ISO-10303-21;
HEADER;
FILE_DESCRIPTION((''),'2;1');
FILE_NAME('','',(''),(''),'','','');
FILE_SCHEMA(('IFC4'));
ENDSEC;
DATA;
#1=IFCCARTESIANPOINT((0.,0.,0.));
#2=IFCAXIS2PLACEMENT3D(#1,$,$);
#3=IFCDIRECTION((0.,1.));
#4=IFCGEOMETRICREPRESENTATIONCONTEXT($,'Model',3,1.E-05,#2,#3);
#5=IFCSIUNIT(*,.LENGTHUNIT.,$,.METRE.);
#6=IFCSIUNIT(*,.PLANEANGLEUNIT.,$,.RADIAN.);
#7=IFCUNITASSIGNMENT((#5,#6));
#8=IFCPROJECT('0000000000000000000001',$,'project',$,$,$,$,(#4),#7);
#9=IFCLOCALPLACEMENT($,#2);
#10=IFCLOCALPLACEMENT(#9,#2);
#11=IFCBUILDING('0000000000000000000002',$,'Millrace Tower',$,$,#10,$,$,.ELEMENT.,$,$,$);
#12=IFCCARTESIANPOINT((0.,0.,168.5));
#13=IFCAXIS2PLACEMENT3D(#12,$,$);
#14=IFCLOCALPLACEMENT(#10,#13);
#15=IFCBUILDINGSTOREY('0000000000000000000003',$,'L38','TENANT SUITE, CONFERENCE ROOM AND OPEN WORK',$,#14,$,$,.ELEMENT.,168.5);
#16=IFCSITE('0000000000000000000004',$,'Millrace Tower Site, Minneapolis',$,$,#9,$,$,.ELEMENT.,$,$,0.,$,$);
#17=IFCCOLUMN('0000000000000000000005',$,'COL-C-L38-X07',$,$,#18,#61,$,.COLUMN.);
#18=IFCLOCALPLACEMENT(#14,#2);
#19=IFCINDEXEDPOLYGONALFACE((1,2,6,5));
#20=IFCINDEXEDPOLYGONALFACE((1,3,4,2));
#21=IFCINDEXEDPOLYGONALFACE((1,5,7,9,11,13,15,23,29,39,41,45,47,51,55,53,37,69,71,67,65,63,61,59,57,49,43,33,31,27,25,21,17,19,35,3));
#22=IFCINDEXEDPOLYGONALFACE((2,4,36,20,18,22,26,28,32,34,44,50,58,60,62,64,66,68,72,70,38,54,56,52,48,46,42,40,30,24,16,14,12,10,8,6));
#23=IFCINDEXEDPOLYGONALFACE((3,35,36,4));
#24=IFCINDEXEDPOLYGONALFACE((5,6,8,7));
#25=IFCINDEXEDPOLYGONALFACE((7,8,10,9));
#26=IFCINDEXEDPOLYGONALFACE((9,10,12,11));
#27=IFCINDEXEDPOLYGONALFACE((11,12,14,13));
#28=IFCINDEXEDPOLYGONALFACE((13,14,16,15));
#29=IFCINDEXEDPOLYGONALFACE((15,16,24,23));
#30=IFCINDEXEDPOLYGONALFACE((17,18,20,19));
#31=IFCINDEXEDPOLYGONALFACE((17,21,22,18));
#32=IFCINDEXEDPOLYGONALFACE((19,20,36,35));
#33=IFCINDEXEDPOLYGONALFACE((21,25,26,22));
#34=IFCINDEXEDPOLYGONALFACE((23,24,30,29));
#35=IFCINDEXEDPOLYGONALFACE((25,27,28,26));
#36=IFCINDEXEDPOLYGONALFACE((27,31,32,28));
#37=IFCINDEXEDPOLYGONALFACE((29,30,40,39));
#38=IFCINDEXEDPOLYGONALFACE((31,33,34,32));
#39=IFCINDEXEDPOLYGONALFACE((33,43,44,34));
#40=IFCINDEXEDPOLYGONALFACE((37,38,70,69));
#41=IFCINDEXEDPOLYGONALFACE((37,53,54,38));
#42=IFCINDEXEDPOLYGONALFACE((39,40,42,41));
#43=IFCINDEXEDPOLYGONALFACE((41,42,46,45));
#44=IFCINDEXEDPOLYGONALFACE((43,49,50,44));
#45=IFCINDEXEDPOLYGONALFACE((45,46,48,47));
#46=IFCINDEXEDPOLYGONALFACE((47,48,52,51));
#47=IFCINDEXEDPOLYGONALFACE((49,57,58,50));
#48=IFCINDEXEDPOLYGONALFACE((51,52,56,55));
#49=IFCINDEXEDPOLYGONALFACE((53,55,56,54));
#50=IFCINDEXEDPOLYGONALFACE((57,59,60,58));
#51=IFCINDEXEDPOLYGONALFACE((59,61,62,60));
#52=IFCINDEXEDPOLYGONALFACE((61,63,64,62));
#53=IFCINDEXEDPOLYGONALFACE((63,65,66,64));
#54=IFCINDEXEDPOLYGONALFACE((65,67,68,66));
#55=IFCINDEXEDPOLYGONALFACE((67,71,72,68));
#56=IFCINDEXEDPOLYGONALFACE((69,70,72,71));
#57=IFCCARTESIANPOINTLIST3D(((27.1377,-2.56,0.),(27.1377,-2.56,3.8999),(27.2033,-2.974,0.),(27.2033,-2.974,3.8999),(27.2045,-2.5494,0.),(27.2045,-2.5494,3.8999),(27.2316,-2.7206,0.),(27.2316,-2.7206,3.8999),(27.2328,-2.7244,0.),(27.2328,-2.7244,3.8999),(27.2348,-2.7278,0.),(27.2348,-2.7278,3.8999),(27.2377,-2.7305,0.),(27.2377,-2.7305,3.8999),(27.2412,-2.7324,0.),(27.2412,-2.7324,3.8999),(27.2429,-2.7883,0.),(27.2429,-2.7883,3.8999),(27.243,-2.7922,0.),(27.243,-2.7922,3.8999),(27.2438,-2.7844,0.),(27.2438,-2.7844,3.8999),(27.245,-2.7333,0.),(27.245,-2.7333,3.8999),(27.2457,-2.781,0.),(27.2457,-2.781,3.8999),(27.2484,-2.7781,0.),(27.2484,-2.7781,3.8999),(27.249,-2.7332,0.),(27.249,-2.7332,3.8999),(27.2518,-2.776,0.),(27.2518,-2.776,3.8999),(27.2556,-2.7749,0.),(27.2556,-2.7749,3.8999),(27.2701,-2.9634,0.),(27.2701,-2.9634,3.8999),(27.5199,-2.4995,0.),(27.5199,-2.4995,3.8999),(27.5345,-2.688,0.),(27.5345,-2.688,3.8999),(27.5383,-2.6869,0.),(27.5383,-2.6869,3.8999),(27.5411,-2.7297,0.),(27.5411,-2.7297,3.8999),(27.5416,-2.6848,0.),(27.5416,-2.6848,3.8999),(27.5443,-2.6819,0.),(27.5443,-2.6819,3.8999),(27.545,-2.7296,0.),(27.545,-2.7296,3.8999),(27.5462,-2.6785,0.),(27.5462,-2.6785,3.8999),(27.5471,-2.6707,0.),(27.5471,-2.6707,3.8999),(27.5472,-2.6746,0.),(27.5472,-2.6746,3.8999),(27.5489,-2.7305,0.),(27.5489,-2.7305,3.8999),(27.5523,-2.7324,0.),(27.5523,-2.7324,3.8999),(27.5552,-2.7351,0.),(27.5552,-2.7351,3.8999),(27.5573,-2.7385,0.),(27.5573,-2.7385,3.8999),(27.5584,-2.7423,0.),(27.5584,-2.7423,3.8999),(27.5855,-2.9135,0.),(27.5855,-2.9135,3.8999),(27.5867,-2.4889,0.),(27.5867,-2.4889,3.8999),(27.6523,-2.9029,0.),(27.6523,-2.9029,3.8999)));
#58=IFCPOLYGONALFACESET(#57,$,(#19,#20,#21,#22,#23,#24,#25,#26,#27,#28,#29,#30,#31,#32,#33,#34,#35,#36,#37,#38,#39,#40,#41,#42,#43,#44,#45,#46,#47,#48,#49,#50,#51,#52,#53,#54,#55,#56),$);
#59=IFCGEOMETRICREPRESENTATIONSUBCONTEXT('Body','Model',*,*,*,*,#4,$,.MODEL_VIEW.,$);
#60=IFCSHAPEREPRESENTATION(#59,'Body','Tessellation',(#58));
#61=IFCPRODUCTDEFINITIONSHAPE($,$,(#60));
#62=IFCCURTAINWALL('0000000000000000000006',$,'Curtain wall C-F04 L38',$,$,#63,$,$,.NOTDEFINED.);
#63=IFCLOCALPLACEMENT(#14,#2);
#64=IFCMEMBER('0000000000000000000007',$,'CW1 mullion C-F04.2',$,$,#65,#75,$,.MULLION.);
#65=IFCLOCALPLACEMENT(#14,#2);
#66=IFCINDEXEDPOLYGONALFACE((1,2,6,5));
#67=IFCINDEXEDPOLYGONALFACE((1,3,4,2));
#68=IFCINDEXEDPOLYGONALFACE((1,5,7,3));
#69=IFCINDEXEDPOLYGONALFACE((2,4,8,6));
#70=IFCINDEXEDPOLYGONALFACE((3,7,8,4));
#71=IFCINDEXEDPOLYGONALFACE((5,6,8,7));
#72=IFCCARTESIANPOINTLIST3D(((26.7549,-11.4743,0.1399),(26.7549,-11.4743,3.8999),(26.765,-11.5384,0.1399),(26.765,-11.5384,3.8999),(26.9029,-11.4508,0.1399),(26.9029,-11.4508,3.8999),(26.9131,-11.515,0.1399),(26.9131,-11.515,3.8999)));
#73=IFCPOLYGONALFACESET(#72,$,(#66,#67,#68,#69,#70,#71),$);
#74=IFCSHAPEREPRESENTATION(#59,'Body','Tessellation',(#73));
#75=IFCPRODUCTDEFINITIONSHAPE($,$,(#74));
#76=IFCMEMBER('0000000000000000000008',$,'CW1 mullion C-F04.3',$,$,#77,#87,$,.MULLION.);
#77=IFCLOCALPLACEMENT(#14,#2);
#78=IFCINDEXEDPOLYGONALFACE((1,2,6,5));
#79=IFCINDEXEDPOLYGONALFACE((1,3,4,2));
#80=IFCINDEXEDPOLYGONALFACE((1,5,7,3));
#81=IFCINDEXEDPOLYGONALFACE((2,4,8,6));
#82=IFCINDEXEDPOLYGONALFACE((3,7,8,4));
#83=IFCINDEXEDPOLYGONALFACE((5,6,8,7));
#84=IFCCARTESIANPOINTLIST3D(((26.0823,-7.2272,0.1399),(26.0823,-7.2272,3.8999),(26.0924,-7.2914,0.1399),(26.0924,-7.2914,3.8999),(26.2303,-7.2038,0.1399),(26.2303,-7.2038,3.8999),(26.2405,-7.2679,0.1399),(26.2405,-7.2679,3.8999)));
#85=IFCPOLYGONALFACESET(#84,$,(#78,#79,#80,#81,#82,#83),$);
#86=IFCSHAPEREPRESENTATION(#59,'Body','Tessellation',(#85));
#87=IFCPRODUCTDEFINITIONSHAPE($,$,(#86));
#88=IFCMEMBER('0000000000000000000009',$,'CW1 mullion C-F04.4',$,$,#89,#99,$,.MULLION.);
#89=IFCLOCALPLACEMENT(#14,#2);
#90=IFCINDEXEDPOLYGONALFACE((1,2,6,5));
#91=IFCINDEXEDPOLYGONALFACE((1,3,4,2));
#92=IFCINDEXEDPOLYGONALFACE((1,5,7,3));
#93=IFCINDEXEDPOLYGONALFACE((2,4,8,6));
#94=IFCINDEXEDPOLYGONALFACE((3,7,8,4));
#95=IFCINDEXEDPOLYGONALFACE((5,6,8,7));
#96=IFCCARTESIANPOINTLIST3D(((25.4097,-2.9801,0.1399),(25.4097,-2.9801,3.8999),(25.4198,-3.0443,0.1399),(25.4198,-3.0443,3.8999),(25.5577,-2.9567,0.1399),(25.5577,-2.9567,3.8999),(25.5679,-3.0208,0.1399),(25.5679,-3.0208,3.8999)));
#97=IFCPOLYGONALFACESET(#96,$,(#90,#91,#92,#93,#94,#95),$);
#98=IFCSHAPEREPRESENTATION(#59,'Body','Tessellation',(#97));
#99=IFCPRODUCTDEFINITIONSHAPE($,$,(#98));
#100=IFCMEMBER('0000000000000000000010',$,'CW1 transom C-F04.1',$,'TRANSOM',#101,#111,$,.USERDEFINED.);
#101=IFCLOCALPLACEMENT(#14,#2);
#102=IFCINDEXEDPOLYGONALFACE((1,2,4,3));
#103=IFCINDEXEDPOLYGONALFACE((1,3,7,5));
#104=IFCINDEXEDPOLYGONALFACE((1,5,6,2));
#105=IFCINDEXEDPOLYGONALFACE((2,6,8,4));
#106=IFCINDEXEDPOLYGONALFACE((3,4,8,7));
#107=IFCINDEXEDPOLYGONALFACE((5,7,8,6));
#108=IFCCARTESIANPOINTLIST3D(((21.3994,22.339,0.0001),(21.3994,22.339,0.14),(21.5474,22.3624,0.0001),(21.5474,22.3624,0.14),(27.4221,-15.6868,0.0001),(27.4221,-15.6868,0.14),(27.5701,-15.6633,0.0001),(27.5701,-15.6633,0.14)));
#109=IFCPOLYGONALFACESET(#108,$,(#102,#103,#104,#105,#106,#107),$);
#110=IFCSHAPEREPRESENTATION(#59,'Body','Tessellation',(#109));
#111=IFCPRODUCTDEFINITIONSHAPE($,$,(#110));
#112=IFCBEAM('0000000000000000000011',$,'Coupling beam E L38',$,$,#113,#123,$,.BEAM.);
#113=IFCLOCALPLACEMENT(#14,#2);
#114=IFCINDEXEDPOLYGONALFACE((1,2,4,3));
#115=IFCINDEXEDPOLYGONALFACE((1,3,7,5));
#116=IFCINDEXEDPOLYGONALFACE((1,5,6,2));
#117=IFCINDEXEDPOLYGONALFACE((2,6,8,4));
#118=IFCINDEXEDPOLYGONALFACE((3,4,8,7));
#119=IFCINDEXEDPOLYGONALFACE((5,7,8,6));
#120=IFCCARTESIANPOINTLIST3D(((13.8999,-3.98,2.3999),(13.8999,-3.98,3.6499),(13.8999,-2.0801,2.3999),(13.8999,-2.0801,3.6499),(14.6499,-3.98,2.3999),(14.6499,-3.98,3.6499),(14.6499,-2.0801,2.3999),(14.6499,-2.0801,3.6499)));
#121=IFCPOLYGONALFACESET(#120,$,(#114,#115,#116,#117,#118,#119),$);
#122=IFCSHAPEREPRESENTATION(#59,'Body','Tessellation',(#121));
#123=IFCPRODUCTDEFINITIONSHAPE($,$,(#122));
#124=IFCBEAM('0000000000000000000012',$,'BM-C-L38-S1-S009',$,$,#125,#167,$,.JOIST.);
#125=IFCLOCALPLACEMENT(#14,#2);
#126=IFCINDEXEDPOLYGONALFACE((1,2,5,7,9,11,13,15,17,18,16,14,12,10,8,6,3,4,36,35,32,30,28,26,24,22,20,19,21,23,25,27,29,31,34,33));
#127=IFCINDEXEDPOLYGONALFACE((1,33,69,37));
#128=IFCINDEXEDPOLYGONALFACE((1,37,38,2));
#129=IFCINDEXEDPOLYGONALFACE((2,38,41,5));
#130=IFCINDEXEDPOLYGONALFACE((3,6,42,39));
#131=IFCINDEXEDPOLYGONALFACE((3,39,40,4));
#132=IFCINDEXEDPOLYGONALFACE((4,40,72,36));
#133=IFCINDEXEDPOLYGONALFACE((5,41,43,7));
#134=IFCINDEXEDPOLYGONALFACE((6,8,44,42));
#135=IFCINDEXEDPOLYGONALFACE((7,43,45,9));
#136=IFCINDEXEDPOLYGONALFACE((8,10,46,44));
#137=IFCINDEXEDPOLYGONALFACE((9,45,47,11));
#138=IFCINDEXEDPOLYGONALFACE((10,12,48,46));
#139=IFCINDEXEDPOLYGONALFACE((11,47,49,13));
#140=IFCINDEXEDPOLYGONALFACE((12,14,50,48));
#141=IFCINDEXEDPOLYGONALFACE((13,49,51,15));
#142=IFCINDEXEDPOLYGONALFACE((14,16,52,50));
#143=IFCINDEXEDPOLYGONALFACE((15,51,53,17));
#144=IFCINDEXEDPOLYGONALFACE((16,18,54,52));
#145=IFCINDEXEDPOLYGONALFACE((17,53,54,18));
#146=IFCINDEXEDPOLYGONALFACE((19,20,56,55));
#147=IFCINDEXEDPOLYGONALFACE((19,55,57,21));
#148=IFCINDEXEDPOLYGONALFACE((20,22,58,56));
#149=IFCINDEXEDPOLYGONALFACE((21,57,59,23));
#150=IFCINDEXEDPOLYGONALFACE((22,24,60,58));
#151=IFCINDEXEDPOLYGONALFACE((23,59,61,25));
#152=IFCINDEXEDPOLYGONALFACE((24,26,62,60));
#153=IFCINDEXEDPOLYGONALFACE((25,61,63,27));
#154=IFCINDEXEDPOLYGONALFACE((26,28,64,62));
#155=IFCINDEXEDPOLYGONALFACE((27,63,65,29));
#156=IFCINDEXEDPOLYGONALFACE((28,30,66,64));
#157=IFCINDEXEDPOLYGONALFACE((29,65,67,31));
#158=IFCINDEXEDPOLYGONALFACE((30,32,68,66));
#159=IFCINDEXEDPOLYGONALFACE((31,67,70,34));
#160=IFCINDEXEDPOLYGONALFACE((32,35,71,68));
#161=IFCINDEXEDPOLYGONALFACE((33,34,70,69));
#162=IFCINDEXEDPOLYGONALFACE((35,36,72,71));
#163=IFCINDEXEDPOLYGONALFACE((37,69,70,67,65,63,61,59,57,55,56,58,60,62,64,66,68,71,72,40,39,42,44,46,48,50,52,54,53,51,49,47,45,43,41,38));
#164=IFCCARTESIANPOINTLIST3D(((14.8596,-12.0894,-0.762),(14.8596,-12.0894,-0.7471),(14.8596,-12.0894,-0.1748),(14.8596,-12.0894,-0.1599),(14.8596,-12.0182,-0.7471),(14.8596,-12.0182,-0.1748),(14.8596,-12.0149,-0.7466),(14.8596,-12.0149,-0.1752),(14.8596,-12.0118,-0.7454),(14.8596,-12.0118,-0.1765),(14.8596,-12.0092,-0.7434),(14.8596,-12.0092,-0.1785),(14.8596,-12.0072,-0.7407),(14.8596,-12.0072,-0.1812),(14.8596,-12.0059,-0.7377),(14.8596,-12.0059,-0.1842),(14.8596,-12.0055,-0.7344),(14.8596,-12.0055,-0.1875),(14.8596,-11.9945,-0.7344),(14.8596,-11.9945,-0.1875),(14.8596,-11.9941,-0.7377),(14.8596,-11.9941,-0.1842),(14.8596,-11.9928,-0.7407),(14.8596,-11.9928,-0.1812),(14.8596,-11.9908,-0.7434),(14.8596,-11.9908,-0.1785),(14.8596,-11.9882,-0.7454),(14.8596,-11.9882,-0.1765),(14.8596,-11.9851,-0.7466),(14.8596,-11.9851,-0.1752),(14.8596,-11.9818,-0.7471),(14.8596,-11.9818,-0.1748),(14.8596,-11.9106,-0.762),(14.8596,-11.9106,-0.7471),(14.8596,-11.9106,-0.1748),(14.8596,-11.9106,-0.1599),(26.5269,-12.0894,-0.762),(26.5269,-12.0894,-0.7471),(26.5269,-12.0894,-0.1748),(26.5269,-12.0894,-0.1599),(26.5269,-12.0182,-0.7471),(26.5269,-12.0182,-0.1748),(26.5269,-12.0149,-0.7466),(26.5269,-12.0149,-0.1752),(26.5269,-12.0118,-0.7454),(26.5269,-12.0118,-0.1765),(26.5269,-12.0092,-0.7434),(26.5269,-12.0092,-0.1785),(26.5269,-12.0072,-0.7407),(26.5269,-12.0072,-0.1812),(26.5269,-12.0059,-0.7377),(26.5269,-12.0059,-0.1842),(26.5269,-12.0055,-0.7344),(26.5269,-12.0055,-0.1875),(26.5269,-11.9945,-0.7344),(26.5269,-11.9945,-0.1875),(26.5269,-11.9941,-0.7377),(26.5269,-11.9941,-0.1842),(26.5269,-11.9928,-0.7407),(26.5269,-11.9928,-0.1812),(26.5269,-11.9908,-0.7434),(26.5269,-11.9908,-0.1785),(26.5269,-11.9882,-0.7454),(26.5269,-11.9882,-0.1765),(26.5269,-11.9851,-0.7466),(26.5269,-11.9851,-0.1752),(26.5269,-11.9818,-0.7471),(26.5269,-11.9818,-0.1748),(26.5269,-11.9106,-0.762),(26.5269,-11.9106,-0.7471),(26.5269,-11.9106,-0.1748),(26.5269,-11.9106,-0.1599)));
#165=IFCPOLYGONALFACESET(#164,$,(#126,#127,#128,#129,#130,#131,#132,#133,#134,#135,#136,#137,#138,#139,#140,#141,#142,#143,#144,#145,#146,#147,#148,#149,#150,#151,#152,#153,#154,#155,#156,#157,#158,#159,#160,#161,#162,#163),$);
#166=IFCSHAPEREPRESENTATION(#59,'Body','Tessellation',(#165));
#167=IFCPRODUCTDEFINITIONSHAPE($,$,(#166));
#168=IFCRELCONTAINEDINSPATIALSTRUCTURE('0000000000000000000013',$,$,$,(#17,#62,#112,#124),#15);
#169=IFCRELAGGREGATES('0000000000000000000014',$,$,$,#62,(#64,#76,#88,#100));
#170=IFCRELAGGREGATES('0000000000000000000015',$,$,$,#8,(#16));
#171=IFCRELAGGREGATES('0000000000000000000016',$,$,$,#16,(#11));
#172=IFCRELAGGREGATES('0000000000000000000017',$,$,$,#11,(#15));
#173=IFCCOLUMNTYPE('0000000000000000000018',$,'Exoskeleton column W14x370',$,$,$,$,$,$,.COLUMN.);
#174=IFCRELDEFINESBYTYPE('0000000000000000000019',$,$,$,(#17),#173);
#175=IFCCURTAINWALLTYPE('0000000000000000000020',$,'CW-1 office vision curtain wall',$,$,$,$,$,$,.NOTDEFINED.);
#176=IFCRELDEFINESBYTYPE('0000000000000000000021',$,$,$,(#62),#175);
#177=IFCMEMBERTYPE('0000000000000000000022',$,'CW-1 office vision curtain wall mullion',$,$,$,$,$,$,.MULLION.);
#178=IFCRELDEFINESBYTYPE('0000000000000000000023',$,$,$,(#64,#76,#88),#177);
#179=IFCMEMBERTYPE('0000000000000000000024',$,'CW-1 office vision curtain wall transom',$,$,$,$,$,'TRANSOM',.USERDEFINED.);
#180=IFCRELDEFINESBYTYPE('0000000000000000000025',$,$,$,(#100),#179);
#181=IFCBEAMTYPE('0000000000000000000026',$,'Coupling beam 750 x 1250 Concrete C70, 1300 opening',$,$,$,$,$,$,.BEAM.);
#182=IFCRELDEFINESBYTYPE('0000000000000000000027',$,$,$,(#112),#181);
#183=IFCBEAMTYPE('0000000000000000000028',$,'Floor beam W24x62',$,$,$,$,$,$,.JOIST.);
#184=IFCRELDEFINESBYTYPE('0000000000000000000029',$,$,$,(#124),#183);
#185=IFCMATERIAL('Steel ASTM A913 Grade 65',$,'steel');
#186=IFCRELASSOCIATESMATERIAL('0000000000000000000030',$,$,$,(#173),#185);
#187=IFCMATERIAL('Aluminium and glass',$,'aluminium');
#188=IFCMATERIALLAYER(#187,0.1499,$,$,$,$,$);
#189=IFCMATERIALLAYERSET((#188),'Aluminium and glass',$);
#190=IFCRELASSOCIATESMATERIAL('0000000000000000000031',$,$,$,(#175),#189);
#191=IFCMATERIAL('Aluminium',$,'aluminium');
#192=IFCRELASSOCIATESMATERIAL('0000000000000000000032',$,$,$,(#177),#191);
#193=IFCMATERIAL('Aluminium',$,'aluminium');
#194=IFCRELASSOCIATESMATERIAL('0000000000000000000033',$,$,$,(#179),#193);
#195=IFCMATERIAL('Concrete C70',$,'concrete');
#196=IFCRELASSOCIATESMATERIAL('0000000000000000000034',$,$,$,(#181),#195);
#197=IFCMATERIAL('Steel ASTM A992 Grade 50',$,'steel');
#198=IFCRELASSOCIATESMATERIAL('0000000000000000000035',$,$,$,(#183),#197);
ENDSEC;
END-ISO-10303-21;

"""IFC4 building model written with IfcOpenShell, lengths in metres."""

from ifc_helpers import new_model, si_unit, direction, frame, origin, origin_2d, place, context, subcontext, project, spatial, rectangle, i_section, extrude, material, layer, layer_set, material_profile, profile_set, type_object, element, aggregate, save


model = new_model("IFC4")

# Units and contexts
model_context = context("Model", 3, precision=1e-05, world=origin(), true_north=direction((0.0, 1.0)))
body_context = subcontext(model_context, "Body", "Model", "MODEL_VIEW")
ifc_project = project(units=[si_unit("LENGTHUNIT", "METRE"), si_unit("PLANEANGLEUNIT", "RADIAN")], contexts=[model_context])

# Site, building, storey
site_placement = place(None, origin())
site = spatial("IfcSite", under=ifc_project, at=site_placement, Name="Millrace Tower Site, Minneapolis", CompositionType="ELEMENT", RefElevation=0.0)
building_placement = place(site_placement, origin())
building = spatial("IfcBuilding", under=site, at=building_placement, Name="Millrace Tower", CompositionType="ELEMENT")
storey_placement = place(building_placement, frame((0.0, 0.0, 168.5)))
storey = spatial("IfcBuildingStorey", under=building, at=storey_placement, Name="L38", Description="TENANT SUITE, CONFERENCE ROOM AND OPEN WORK", CompositionType="ELEMENT", Elevation=168.5)

# Column
ifc_material_1 = material(Name="Steel ASTM A913 Grade 65", Category="steel")
ifc_material_profile_1 = material_profile(ifc_material_1, i_section(OverallWidth=0.4192, OverallDepth=0.4546, WebThickness=0.0422, FlangeThickness=0.0676, FilletRadius=0.0151, at=origin_2d()))
ifc_profile_set_1 = profile_set([ifc_material_profile_1], Name="Steel ASTM A913 Grade 65")
column_type = type_object("IfcColumnType", Name="Exoskeleton column W14x370", PredefinedType="COLUMN", material=ifc_profile_set_1)
column_placement = place(storey_placement, frame((27.395, -2.7314, 0.0), z_axis=(0.0, 0.0, 1.0), x_axis=(-0.156434, 0.987688, 0.0)))
element("IfcColumn", 1, at=column_placement, inside=storey, type_object=column_type, Name="COL-C-L38-X07", PredefinedType="COLUMN", context=body_context, shape_type="SweptSolid", body=[
    extrude(i_section(OverallWidth=0.4192, OverallDepth=0.4546, WebThickness=0.0422, FlangeThickness=0.0676, FilletRadius=0.0151, at=origin_2d()), origin(), (0.0, 0.0, 1.0), 3.8999),
])

# Curtain wall, members
ifc_material_2 = material(Name="Aluminium and glass", Category="aluminium")
ifc_layer_1 = layer(ifc_material_2, 0.1499)
ifc_layer_set_1 = layer_set([ifc_layer_1], Name="Aluminium and glass")
curtain_wall_type = type_object("IfcCurtainWallType", Name="CW-1 office vision curtain wall", PredefinedType="NOTDEFINED", material=ifc_layer_set_1)
placement = place(storey_placement, origin())
curtain_wall = element("IfcCurtainWall", 2, at=placement, inside=storey, type_object=curtain_wall_type, Name="Curtain wall C-F04 L38", PredefinedType="NOTDEFINED")
ifc_material_3 = material(Name="Aluminium", Category="aluminium")
ifc_material_profile_2 = material_profile(ifc_material_3, rectangle(XDim=0.0649, YDim=0.1499, at=origin_2d()))
ifc_profile_set_2 = profile_set([ifc_material_profile_2], Name="Aluminium")
member_type_1 = type_object("IfcMemberType", Name="CW-1 office vision curtain wall mullion", PredefinedType="MULLION", material=ifc_profile_set_2)
member_1_placement = place(storey_placement, frame((26.834, -11.4946, 0.1399), z_axis=(0.0, 0.0, 1.0), x_axis=(-0.156434, 0.987688, 0.0)))
member_1 = element("IfcMember", 3, at=member_1_placement, type_object=member_type_1, Name="CW1 mullion C-F04.2", PredefinedType="MULLION", context=body_context, shape_type="SweptSolid", body=[
    extrude(rectangle(XDim=0.0649, YDim=0.1499, at=origin_2d()), origin(), (0.0, 0.0, 1.0), 3.76),
])
member_2_placement = place(storey_placement, frame((26.1614, -7.2476, 0.1399), z_axis=(0.0, 0.0, 1.0), x_axis=(-0.156434, 0.987688, 0.0)))
member_2 = element("IfcMember", 4, at=member_2_placement, type_object=member_type_1, Name="CW1 mullion C-F04.3", PredefinedType="MULLION", context=body_context, shape_type="SweptSolid", body=[
    extrude(rectangle(XDim=0.0649, YDim=0.1499, at=origin_2d()), origin(), (0.0, 0.0, 1.0), 3.76),
])
member_3_placement = place(storey_placement, frame((25.4888, -3.0005, 0.1399), z_axis=(0.0, 0.0, 1.0), x_axis=(-0.156434, 0.987688, 0.0)))
member_3 = element("IfcMember", 5, at=member_3_placement, type_object=member_type_1, Name="CW1 mullion C-F04.4", PredefinedType="MULLION", context=body_context, shape_type="SweptSolid", body=[
    extrude(rectangle(XDim=0.0649, YDim=0.1499, at=origin_2d()), origin(), (0.0, 0.0, 1.0), 3.76),
])
ifc_material_4 = material(Name="Aluminium", Category="aluminium")
ifc_material_profile_3 = material_profile(ifc_material_4, rectangle(XDim=0.1499, YDim=0.1399, at=origin_2d()))
ifc_profile_set_3 = profile_set([ifc_material_profile_3], Name="Aluminium")
member_type_2 = type_object("IfcMemberType", Name="CW-1 office vision curtain wall transom", ElementType="TRANSOM", PredefinedType="USERDEFINED", material=ifc_profile_set_3)
member_4_placement = place(storey_placement, frame((27.4961, -15.675, 0.0701), z_axis=(-0.156434, 0.987688, 0.0), x_axis=(-0.987688, -0.156434, 0.0)))
member_4 = element("IfcMember", 6, at=member_4_placement, type_object=member_type_2, Name="CW1 transom C-F04.1", ObjectType="TRANSOM", PredefinedType="USERDEFINED", context=body_context, shape_type="SweptSolid", body=[
    extrude(rectangle(XDim=0.1499, YDim=0.1399, at=origin_2d()), origin(), (0.0, 0.0, 1.0), 38.4998),
])
aggregate(curtain_wall, [member_1, member_2, member_3, member_4])

# Beams
ifc_material_5 = material(Name="Concrete C70", Category="concrete")
ifc_material_profile_4 = material_profile(ifc_material_5, rectangle(XDim=0.75, YDim=1.25, at=origin_2d()))
ifc_profile_set_4 = profile_set([ifc_material_profile_4], Name="Concrete C70")
beam_type_1 = type_object("IfcBeamType", Name="Coupling beam 750 x 1250 Concrete C70, 1300 opening", PredefinedType="BEAM", material=ifc_profile_set_4)
beam_1_placement = place(storey_placement, frame((14.2749, -2.0801, 3.0249), z_axis=(0.0, -1.0, 0.0), x_axis=(1.0, 0.0, 0.0)))
element("IfcBeam", 7, at=beam_1_placement, inside=storey, type_object=beam_type_1, Name="Coupling beam E L38", PredefinedType="BEAM", context=body_context, shape_type="SweptSolid", body=[
    extrude(rectangle(XDim=0.75, YDim=1.25, at=origin_2d()), origin(), (0.0, 0.0, 1.0), 1.8999),
])
ifc_material_6 = material(Name="Steel ASTM A992 Grade 50", Category="steel")
ifc_material_profile_5 = material_profile(ifc_material_6, i_section(OverallWidth=0.1787, OverallDepth=0.6021, WebThickness=0.011, FlangeThickness=0.0149, FilletRadius=0.0127, at=origin_2d()))
ifc_profile_set_5 = profile_set([ifc_material_profile_5], Name="Steel ASTM A992 Grade 50")
beam_type_2 = type_object("IfcBeamType", Name="Floor beam W24x62", PredefinedType="JOIST", material=ifc_profile_set_5)
beam_2_placement = place(storey_placement, frame((14.8596, -12.0, -0.4609), z_axis=(1.0, 0.0, 0.0), x_axis=(0.0, 1.0, 0.0)))
element("IfcBeam", 8, at=beam_2_placement, inside=storey, type_object=beam_type_2, Name="BM-C-L38-S1-S009", PredefinedType="JOIST", context=body_context, shape_type="SweptSolid", body=[
    extrude(i_section(OverallWidth=0.1787, OverallDepth=0.6021, WebThickness=0.011, FlangeThickness=0.0149, FilletRadius=0.0127, at=origin_2d()), origin(), (0.0, 0.0, 1.0), 11.6672),
])

save(model, "model.ifc")
